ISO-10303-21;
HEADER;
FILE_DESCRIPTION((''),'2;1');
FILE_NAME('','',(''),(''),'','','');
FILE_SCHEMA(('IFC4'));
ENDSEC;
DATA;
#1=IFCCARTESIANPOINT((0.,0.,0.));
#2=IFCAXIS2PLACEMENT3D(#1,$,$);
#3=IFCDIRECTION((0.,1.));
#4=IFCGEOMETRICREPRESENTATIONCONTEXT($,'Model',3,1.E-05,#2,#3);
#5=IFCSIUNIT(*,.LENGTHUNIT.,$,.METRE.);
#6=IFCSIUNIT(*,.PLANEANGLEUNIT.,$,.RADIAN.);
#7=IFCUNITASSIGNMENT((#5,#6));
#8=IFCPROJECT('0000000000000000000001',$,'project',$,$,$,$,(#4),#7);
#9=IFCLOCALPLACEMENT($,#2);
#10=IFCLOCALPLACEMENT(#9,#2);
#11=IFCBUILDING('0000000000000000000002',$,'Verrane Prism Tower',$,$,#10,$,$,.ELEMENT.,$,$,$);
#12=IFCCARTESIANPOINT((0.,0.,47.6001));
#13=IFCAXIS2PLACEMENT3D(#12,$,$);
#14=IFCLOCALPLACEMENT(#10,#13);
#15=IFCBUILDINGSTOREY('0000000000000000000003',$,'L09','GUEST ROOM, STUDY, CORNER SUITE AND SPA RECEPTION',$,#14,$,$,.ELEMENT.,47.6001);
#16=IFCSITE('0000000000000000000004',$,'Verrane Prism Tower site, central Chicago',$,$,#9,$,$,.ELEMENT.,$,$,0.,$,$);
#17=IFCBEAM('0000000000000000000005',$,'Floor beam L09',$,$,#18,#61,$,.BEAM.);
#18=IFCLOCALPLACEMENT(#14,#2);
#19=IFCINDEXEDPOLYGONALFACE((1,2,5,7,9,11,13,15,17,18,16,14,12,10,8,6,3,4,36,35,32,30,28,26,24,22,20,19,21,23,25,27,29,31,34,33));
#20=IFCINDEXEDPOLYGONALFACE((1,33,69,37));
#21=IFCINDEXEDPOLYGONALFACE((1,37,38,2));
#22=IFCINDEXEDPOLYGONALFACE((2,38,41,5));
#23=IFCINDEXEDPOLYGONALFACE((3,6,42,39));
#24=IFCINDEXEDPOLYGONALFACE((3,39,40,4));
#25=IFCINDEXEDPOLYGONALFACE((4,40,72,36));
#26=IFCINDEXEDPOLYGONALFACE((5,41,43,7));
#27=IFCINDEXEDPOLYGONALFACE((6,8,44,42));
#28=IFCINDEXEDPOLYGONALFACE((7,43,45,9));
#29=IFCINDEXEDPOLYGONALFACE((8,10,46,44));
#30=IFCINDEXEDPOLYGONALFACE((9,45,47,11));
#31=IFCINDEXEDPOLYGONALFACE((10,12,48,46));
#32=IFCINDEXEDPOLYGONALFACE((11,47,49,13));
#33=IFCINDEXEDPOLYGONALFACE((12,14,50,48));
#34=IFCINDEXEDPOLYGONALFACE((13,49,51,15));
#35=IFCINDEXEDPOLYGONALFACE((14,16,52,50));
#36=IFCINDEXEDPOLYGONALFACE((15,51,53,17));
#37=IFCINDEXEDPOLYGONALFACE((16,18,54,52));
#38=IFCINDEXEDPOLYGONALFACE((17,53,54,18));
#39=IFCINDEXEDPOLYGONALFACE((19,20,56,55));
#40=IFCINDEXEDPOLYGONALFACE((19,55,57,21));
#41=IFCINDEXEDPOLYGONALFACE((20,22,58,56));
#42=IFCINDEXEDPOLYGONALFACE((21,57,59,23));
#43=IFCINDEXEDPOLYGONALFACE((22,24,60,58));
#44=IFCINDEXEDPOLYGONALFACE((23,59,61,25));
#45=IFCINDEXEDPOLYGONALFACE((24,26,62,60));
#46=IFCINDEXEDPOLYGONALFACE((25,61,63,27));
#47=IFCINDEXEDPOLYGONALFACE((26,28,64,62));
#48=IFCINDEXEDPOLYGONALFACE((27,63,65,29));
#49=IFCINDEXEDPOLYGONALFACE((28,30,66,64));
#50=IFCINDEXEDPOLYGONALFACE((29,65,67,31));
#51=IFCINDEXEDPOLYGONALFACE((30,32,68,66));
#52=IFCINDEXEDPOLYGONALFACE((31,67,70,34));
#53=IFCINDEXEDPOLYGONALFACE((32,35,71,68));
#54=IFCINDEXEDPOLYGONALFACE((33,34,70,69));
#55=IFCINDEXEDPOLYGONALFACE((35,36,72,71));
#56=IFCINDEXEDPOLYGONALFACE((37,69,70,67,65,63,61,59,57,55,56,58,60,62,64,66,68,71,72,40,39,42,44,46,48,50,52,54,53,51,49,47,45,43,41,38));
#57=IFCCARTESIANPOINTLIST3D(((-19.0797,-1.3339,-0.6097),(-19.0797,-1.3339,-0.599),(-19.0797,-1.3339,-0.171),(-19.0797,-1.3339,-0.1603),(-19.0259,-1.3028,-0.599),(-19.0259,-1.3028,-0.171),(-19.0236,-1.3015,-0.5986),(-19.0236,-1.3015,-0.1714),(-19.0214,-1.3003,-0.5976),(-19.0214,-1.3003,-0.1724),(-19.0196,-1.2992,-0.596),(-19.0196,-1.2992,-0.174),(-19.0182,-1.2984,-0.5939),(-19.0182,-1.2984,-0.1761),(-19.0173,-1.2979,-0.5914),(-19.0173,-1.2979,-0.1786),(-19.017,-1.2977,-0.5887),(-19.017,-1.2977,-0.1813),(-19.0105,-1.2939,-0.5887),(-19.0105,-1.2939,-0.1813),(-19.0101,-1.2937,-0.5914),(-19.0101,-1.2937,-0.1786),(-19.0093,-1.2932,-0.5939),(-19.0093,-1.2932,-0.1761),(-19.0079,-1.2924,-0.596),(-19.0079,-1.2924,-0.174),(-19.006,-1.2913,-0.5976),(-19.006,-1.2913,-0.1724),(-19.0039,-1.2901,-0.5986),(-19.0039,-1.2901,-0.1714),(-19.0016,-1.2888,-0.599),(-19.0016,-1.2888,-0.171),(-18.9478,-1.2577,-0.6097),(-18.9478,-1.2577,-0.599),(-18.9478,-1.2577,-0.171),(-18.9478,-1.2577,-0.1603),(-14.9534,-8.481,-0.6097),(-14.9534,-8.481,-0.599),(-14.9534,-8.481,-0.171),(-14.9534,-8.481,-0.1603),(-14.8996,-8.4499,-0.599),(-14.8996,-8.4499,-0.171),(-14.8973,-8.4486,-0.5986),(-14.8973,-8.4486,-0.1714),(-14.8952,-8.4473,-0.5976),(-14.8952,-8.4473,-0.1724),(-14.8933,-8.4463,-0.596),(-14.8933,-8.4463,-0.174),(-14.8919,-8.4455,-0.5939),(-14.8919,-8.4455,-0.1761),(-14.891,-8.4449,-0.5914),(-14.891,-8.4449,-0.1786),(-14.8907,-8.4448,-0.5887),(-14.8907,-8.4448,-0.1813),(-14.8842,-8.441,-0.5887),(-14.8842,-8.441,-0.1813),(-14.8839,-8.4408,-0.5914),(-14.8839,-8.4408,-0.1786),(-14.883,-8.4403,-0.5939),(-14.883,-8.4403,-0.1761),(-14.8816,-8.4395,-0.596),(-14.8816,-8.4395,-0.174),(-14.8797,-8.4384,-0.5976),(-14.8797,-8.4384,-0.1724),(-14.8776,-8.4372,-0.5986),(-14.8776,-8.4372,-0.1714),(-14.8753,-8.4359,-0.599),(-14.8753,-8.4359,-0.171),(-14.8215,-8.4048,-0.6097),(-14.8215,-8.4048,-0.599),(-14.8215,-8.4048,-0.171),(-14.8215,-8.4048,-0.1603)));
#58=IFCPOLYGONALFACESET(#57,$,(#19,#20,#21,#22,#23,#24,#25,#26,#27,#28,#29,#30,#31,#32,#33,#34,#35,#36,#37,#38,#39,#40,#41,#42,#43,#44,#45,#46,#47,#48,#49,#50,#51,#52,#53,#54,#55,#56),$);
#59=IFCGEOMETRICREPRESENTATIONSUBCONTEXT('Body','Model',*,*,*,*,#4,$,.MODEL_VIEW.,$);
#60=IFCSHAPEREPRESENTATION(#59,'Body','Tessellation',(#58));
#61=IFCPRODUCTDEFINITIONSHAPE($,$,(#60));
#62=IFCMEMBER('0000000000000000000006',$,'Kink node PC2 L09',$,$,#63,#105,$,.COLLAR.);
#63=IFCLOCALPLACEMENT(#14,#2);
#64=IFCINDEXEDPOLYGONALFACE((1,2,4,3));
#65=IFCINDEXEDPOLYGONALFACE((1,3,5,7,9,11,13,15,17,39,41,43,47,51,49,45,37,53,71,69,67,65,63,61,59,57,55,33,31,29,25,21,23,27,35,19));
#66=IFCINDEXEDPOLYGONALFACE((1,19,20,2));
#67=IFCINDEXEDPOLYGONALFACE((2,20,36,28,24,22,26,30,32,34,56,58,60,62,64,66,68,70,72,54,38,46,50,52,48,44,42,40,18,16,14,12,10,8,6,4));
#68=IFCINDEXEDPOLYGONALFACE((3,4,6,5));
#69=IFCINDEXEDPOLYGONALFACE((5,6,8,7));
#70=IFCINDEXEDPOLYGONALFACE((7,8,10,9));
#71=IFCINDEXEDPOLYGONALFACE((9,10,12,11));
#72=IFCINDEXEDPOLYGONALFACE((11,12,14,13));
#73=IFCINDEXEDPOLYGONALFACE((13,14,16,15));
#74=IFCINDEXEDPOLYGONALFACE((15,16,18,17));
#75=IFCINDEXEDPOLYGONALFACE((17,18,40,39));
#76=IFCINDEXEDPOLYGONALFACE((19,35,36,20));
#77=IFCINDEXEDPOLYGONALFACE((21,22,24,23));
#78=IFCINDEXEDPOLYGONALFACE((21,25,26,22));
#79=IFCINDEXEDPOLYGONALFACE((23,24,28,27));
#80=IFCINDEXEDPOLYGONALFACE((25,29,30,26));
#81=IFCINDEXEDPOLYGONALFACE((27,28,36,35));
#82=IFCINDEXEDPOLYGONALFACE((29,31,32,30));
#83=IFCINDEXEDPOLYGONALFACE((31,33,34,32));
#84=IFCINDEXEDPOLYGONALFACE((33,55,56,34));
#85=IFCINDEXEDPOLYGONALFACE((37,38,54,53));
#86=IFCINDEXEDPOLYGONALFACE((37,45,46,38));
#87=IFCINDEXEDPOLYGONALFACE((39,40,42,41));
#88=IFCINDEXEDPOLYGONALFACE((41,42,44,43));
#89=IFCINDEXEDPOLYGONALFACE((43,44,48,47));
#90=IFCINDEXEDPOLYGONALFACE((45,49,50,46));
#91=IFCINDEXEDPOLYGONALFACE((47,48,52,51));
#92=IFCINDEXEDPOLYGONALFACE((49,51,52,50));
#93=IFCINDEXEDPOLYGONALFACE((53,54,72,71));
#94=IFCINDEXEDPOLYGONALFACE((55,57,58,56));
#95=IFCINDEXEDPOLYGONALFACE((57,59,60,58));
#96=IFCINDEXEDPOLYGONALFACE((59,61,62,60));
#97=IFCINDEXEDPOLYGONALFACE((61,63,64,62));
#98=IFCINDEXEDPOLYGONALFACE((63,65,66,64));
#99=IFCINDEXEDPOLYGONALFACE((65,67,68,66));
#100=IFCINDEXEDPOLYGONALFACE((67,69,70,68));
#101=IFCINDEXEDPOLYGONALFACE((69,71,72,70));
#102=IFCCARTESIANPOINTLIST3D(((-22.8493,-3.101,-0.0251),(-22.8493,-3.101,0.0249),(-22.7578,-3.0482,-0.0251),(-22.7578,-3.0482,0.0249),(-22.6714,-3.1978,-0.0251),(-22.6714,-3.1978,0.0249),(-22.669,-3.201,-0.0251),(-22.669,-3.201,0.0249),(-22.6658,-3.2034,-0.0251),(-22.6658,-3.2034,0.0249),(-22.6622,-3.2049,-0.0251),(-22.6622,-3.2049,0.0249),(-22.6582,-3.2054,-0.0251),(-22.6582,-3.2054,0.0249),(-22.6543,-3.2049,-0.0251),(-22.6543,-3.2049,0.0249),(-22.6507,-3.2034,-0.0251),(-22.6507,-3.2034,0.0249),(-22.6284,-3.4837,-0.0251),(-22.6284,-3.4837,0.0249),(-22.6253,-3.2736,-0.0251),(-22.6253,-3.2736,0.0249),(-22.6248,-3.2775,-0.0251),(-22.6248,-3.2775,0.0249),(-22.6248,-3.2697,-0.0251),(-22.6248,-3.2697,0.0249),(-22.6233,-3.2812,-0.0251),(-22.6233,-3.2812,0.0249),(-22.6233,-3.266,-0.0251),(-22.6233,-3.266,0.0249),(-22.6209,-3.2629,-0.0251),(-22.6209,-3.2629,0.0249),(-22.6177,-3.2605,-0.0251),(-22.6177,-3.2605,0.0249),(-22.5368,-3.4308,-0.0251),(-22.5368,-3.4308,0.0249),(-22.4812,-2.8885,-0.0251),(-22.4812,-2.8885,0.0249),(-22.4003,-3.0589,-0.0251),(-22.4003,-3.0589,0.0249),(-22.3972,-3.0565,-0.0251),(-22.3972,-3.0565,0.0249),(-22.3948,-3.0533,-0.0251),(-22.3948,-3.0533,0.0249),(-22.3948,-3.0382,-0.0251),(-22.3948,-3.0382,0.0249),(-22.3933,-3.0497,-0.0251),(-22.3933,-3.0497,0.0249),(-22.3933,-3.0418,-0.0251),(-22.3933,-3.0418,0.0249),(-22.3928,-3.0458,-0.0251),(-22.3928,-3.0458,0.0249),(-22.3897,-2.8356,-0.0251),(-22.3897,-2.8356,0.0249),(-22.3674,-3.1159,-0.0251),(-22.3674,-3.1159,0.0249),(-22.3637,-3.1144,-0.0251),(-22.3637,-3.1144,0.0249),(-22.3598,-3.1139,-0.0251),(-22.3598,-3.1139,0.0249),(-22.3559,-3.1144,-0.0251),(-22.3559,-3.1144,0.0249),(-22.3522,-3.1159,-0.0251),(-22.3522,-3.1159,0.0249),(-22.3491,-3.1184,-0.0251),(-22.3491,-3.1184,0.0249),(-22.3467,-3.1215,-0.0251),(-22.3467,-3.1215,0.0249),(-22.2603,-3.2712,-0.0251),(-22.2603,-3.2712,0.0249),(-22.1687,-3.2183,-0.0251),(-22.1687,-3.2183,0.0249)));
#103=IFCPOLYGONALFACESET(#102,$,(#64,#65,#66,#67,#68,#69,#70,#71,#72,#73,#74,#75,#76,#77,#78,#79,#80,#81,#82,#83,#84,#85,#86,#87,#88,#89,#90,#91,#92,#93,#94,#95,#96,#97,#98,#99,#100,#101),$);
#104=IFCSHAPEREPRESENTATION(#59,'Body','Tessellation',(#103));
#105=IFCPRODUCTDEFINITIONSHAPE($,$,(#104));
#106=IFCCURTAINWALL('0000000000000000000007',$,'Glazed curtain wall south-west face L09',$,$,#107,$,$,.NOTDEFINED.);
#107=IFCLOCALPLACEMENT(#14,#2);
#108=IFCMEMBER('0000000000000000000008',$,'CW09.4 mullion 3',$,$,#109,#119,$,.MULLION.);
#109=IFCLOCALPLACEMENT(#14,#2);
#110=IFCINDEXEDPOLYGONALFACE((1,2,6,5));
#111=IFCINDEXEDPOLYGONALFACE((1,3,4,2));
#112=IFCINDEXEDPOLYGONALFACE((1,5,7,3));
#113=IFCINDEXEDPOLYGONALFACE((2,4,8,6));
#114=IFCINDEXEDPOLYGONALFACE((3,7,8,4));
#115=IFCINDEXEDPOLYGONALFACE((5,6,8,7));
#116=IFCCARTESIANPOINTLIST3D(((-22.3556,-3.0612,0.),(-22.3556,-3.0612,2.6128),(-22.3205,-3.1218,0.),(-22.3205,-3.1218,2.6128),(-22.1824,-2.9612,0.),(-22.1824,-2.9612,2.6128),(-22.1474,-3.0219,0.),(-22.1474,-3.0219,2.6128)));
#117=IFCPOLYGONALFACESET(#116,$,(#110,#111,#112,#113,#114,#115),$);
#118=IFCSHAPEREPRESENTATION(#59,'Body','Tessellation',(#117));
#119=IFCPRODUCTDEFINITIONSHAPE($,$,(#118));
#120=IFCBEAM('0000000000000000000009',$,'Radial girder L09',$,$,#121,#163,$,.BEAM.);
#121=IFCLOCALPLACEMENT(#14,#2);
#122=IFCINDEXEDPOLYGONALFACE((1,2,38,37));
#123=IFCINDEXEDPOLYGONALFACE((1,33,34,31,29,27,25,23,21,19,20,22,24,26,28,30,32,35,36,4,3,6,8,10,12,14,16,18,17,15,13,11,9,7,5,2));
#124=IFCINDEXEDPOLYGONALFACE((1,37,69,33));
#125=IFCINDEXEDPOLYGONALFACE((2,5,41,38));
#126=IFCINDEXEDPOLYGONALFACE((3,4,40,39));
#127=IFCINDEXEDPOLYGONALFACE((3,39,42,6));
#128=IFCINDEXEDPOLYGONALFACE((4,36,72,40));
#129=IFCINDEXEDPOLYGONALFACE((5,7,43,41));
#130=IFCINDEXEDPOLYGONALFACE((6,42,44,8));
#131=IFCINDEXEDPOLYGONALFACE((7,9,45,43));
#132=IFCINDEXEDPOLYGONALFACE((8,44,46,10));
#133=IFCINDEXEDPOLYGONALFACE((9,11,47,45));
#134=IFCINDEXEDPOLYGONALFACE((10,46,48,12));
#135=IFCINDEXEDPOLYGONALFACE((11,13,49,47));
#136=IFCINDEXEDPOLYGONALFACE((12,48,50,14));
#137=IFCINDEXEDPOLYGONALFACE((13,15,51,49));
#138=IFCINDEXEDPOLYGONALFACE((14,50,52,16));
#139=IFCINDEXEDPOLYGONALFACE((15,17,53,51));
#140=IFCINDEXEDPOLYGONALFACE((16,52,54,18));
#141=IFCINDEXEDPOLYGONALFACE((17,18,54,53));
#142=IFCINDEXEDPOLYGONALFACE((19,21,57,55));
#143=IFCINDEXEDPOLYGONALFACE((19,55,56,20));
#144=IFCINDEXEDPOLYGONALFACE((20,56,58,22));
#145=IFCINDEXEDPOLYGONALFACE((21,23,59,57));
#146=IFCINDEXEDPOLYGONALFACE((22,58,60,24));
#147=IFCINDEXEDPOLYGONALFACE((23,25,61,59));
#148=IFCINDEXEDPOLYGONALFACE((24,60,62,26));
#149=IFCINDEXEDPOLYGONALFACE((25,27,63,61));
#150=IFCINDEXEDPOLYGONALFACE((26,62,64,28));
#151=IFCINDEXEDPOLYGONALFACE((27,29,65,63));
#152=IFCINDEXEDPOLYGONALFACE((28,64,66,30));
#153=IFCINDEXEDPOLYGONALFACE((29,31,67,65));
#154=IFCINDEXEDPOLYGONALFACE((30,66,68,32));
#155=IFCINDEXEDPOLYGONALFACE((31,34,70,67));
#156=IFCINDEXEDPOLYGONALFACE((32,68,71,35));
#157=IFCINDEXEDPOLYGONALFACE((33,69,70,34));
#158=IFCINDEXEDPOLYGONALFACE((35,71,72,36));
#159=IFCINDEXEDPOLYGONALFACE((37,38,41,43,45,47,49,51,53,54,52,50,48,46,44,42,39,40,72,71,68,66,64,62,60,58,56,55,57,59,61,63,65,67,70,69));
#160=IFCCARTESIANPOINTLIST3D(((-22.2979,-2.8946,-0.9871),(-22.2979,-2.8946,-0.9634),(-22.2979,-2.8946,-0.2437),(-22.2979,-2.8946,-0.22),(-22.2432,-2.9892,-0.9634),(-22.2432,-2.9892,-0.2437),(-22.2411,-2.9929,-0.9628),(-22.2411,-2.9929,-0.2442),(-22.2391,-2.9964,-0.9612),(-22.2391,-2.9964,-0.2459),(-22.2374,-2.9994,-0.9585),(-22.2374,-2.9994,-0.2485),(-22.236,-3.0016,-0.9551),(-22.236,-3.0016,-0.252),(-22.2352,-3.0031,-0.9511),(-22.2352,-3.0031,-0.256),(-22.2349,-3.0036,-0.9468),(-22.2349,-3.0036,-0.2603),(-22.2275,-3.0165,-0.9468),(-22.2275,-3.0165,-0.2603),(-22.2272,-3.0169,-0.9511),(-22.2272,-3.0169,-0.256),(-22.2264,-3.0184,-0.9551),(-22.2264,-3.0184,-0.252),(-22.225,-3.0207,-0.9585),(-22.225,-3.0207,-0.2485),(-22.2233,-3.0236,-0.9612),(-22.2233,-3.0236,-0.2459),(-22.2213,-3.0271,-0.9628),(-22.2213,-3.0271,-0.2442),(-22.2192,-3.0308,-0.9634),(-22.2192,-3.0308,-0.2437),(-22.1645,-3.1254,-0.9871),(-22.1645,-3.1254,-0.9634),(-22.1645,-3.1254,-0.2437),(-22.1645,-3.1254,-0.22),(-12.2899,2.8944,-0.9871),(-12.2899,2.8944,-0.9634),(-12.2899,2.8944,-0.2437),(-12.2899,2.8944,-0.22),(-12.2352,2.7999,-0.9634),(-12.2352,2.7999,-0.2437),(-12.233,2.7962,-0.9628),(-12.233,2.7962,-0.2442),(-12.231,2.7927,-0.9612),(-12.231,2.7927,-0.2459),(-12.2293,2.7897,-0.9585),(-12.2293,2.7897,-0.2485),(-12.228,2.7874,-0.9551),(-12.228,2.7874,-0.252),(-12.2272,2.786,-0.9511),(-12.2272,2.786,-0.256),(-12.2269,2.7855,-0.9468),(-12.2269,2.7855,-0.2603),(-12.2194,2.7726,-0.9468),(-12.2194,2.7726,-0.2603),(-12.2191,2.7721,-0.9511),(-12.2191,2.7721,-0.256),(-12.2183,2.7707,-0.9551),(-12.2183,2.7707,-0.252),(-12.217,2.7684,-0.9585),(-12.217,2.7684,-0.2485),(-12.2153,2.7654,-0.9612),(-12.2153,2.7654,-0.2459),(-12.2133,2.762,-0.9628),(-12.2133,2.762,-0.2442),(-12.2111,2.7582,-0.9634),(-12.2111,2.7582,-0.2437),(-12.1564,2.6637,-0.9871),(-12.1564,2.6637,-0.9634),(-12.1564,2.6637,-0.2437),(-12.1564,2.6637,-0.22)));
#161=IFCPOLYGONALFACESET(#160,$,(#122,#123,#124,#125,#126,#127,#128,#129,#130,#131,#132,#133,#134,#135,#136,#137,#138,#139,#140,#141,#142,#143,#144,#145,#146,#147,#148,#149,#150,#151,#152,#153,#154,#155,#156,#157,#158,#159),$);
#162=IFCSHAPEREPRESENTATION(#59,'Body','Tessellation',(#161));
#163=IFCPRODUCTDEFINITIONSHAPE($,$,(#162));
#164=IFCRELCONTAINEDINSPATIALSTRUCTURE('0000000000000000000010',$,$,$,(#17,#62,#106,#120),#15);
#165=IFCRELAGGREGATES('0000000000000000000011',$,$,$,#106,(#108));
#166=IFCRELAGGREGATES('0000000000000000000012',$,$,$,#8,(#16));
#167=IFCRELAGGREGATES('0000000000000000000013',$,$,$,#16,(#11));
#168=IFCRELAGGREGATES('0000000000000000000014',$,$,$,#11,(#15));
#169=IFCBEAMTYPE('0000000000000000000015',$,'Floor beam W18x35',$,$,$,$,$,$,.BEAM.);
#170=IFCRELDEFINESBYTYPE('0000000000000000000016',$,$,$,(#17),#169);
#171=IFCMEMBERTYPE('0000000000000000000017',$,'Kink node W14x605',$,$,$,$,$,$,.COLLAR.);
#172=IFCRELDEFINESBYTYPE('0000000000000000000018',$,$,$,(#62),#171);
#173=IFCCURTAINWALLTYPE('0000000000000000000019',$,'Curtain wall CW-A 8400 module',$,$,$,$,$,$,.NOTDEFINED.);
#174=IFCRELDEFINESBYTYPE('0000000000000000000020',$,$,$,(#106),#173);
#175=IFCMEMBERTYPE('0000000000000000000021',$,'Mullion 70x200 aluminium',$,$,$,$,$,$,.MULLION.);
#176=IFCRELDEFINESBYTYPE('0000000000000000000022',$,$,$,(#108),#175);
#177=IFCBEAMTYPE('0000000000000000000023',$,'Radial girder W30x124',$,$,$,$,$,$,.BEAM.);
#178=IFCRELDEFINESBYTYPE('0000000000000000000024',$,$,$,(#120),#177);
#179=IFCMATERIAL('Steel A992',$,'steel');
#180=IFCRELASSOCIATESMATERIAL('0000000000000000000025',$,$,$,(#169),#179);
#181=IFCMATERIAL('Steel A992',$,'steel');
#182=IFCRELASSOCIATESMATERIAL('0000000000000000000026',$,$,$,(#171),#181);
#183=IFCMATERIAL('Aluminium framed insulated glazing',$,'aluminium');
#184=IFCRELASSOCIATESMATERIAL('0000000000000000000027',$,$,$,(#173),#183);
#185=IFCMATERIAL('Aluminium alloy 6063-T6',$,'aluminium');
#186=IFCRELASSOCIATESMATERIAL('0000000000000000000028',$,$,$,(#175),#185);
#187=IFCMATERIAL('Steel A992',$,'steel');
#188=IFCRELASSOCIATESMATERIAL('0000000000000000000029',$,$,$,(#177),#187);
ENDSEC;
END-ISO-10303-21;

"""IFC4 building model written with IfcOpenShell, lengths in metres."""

from ifc_helpers import new_model, si_unit, direction, frame, origin, origin_2d, place, context, subcontext, project, spatial, rectangle, i_section, extrude, material, material_profile, profile_set, type_object, element, aggregate, save


model = new_model("IFC4")

# Units and contexts
model_context = context("Model", 3, precision=1e-05, world=origin(), true_north=direction((0.0, 1.0)))
body_context = subcontext(model_context, "Body", "Model", "MODEL_VIEW")
ifc_project = project(units=[si_unit("LENGTHUNIT", "METRE"), si_unit("PLANEANGLEUNIT", "RADIAN")], contexts=[model_context])

# Site, building, storey
site_placement = place(None, origin())
site = spatial("IfcSite", under=ifc_project, at=site_placement, Name="Verrane Prism Tower site, central Chicago", CompositionType="ELEMENT", RefElevation=0.0)
building_placement = place(site_placement, origin())
building = spatial("IfcBuilding", under=site, at=building_placement, Name="Verrane Prism Tower", CompositionType="ELEMENT")
storey_placement = place(building_placement, frame((0.0, 0.0, 47.6001)))
storey = spatial("IfcBuildingStorey", under=building, at=storey_placement, Name="L09", Description="GUEST ROOM, STUDY, CORNER SUITE AND SPA RECEPTION", CompositionType="ELEMENT", Elevation=47.6001)

# Beam
ifc_material_1 = material(Name="Steel A992", Category="steel")
ifc_material_profile_1 = material_profile(ifc_material_1, i_section(OverallWidth=0.1523, OverallDepth=0.4495, WebThickness=0.0076, FlangeThickness=0.0107, FilletRadius=0.0103, at=origin_2d()), Name="W18x35")
ifc_profile_set_1 = profile_set([ifc_material_profile_1], Name="Steel A992")
beam_type_1 = type_object("IfcBeamType", Name="Floor beam W18x35", PredefinedType="BEAM", material=ifc_profile_set_1)
beam_1_placement = place(storey_placement, frame((-14.8875, -8.4429, -0.385), z_axis=(-0.499992, 0.86603, 0.0), x_axis=(-0.86603, -0.499992, 0.0)))
element("IfcBeam", 1, at=beam_1_placement, inside=storey, type_object=beam_type_1, Name="Floor beam L09", PredefinedType="BEAM", context=body_context, shape_type="SweptSolid", body=[
    extrude(i_section(OverallWidth=0.1523, OverallDepth=0.4495, WebThickness=0.0076, FlangeThickness=0.0107, FilletRadius=0.0103, at=origin_2d()), origin(), (0.0, 0.0, 1.0), 8.2527),
])

# Member
ifc_material_2 = material(Name="Steel A992", Category="steel")
ifc_material_profile_2 = material_profile(ifc_material_2, i_section(OverallWidth=0.4419, OverallDepth=0.5308, WebThickness=0.0659, FlangeThickness=0.1057, FilletRadius=0.0151, at=origin_2d()), Name="W14x605")
ifc_profile_set_2 = profile_set([ifc_material_profile_2], Name="Steel A992")
member_type_1 = type_object("IfcMemberType", Name="Kink node W14x605", PredefinedType="COLLAR", material=ifc_profile_set_2)
member_1_placement = place(storey_placement, frame((-22.509, -3.1597, -0.0251), z_axis=(0.0, 0.0, 1.0), x_axis=(-0.5, 0.866025, 0.0)))
element("IfcMember", 2, at=member_1_placement, inside=storey, type_object=member_type_1, Name="Kink node PC2 L09", PredefinedType="COLLAR", context=body_context, shape_type="SweptSolid", body=[
    extrude(i_section(OverallWidth=0.4419, OverallDepth=0.5308, WebThickness=0.0659, FlangeThickness=0.1057, FilletRadius=0.0151, at=origin_2d()), origin(), (0.0, 0.0, 1.0), 0.05),
])

# Curtain wall, member
ifc_material_3 = material(Name="Aluminium framed insulated glazing", Category="aluminium")
curtain_wall_type = type_object("IfcCurtainWallType", Name="Curtain wall CW-A 8400 module", PredefinedType="NOTDEFINED", material=ifc_material_3)
curtain_wall_placement = place(storey_placement, origin())
curtain_wall = element("IfcCurtainWall", 3, at=curtain_wall_placement, inside=storey, type_object=curtain_wall_type, Name="Glazed curtain wall south-west face L09", PredefinedType="NOTDEFINED")
ifc_material_4 = material(Name="Aluminium alloy 6063-T6", Category="aluminium")
ifc_material_profile_3 = material_profile(ifc_material_4, rectangle(XDim=0.2, YDim=0.0701, at=origin_2d()), Name="Mullion 70x200 aluminium")
ifc_profile_set_3 = profile_set([ifc_material_profile_3], Name="Aluminium alloy 6063-T6")
member_type_2 = type_object("IfcMemberType", Name="Mullion 70x200 aluminium", PredefinedType="MULLION", material=ifc_profile_set_3)
member_2_placement = place(storey_placement, frame((-22.2515, -3.0415, 0.0), z_axis=(0.0, 0.0, 1.0), x_axis=(0.866026, 0.499999, 0.0)))
member_2 = element("IfcMember", 4, at=member_2_placement, type_object=member_type_2, Name="CW09.4 mullion 3", PredefinedType="MULLION", context=body_context, shape_type="SweptSolid", body=[
    extrude(rectangle(XDim=0.2, YDim=0.0701, at=origin_2d()), origin(), (0.0, 0.0, 1.0), 2.6128),
])

# Beam
ifc_material_5 = material(Name="Steel A992", Category="steel")
ifc_material_profile_4 = material_profile(ifc_material_5, i_section(OverallWidth=0.2666, OverallDepth=0.7671, WebThickness=0.0149, FlangeThickness=0.0237, FilletRadius=0.0166, at=origin_2d()), Name="W30x124")
ifc_profile_set_4 = profile_set([ifc_material_profile_4], Name="Steel A992")
beam_type_2 = type_object("IfcBeamType", Name="Radial girder W30x124", PredefinedType="BEAM", material=ifc_profile_set_4)
beam_2_placement = place(storey_placement, frame((-22.2312, -3.01, -0.6035), z_axis=(0.865617, 0.500707, 0.0), x_axis=(-0.500707, 0.865617, 0.0)))
element("IfcBeam", 5, at=beam_2_placement, inside=storey, type_object=beam_type_2, Name="Radial girder L09", PredefinedType="BEAM", context=body_context, shape_type="SweptSolid", body=[
    extrude(i_section(OverallWidth=0.2666, OverallDepth=0.7671, WebThickness=0.0149, FlangeThickness=0.0237, FilletRadius=0.0166, at=origin_2d()), origin(), (0.0, 0.0, 1.0), 11.5618),
])

aggregate(curtain_wall, [member_2])

save(model, "model.ifc")
